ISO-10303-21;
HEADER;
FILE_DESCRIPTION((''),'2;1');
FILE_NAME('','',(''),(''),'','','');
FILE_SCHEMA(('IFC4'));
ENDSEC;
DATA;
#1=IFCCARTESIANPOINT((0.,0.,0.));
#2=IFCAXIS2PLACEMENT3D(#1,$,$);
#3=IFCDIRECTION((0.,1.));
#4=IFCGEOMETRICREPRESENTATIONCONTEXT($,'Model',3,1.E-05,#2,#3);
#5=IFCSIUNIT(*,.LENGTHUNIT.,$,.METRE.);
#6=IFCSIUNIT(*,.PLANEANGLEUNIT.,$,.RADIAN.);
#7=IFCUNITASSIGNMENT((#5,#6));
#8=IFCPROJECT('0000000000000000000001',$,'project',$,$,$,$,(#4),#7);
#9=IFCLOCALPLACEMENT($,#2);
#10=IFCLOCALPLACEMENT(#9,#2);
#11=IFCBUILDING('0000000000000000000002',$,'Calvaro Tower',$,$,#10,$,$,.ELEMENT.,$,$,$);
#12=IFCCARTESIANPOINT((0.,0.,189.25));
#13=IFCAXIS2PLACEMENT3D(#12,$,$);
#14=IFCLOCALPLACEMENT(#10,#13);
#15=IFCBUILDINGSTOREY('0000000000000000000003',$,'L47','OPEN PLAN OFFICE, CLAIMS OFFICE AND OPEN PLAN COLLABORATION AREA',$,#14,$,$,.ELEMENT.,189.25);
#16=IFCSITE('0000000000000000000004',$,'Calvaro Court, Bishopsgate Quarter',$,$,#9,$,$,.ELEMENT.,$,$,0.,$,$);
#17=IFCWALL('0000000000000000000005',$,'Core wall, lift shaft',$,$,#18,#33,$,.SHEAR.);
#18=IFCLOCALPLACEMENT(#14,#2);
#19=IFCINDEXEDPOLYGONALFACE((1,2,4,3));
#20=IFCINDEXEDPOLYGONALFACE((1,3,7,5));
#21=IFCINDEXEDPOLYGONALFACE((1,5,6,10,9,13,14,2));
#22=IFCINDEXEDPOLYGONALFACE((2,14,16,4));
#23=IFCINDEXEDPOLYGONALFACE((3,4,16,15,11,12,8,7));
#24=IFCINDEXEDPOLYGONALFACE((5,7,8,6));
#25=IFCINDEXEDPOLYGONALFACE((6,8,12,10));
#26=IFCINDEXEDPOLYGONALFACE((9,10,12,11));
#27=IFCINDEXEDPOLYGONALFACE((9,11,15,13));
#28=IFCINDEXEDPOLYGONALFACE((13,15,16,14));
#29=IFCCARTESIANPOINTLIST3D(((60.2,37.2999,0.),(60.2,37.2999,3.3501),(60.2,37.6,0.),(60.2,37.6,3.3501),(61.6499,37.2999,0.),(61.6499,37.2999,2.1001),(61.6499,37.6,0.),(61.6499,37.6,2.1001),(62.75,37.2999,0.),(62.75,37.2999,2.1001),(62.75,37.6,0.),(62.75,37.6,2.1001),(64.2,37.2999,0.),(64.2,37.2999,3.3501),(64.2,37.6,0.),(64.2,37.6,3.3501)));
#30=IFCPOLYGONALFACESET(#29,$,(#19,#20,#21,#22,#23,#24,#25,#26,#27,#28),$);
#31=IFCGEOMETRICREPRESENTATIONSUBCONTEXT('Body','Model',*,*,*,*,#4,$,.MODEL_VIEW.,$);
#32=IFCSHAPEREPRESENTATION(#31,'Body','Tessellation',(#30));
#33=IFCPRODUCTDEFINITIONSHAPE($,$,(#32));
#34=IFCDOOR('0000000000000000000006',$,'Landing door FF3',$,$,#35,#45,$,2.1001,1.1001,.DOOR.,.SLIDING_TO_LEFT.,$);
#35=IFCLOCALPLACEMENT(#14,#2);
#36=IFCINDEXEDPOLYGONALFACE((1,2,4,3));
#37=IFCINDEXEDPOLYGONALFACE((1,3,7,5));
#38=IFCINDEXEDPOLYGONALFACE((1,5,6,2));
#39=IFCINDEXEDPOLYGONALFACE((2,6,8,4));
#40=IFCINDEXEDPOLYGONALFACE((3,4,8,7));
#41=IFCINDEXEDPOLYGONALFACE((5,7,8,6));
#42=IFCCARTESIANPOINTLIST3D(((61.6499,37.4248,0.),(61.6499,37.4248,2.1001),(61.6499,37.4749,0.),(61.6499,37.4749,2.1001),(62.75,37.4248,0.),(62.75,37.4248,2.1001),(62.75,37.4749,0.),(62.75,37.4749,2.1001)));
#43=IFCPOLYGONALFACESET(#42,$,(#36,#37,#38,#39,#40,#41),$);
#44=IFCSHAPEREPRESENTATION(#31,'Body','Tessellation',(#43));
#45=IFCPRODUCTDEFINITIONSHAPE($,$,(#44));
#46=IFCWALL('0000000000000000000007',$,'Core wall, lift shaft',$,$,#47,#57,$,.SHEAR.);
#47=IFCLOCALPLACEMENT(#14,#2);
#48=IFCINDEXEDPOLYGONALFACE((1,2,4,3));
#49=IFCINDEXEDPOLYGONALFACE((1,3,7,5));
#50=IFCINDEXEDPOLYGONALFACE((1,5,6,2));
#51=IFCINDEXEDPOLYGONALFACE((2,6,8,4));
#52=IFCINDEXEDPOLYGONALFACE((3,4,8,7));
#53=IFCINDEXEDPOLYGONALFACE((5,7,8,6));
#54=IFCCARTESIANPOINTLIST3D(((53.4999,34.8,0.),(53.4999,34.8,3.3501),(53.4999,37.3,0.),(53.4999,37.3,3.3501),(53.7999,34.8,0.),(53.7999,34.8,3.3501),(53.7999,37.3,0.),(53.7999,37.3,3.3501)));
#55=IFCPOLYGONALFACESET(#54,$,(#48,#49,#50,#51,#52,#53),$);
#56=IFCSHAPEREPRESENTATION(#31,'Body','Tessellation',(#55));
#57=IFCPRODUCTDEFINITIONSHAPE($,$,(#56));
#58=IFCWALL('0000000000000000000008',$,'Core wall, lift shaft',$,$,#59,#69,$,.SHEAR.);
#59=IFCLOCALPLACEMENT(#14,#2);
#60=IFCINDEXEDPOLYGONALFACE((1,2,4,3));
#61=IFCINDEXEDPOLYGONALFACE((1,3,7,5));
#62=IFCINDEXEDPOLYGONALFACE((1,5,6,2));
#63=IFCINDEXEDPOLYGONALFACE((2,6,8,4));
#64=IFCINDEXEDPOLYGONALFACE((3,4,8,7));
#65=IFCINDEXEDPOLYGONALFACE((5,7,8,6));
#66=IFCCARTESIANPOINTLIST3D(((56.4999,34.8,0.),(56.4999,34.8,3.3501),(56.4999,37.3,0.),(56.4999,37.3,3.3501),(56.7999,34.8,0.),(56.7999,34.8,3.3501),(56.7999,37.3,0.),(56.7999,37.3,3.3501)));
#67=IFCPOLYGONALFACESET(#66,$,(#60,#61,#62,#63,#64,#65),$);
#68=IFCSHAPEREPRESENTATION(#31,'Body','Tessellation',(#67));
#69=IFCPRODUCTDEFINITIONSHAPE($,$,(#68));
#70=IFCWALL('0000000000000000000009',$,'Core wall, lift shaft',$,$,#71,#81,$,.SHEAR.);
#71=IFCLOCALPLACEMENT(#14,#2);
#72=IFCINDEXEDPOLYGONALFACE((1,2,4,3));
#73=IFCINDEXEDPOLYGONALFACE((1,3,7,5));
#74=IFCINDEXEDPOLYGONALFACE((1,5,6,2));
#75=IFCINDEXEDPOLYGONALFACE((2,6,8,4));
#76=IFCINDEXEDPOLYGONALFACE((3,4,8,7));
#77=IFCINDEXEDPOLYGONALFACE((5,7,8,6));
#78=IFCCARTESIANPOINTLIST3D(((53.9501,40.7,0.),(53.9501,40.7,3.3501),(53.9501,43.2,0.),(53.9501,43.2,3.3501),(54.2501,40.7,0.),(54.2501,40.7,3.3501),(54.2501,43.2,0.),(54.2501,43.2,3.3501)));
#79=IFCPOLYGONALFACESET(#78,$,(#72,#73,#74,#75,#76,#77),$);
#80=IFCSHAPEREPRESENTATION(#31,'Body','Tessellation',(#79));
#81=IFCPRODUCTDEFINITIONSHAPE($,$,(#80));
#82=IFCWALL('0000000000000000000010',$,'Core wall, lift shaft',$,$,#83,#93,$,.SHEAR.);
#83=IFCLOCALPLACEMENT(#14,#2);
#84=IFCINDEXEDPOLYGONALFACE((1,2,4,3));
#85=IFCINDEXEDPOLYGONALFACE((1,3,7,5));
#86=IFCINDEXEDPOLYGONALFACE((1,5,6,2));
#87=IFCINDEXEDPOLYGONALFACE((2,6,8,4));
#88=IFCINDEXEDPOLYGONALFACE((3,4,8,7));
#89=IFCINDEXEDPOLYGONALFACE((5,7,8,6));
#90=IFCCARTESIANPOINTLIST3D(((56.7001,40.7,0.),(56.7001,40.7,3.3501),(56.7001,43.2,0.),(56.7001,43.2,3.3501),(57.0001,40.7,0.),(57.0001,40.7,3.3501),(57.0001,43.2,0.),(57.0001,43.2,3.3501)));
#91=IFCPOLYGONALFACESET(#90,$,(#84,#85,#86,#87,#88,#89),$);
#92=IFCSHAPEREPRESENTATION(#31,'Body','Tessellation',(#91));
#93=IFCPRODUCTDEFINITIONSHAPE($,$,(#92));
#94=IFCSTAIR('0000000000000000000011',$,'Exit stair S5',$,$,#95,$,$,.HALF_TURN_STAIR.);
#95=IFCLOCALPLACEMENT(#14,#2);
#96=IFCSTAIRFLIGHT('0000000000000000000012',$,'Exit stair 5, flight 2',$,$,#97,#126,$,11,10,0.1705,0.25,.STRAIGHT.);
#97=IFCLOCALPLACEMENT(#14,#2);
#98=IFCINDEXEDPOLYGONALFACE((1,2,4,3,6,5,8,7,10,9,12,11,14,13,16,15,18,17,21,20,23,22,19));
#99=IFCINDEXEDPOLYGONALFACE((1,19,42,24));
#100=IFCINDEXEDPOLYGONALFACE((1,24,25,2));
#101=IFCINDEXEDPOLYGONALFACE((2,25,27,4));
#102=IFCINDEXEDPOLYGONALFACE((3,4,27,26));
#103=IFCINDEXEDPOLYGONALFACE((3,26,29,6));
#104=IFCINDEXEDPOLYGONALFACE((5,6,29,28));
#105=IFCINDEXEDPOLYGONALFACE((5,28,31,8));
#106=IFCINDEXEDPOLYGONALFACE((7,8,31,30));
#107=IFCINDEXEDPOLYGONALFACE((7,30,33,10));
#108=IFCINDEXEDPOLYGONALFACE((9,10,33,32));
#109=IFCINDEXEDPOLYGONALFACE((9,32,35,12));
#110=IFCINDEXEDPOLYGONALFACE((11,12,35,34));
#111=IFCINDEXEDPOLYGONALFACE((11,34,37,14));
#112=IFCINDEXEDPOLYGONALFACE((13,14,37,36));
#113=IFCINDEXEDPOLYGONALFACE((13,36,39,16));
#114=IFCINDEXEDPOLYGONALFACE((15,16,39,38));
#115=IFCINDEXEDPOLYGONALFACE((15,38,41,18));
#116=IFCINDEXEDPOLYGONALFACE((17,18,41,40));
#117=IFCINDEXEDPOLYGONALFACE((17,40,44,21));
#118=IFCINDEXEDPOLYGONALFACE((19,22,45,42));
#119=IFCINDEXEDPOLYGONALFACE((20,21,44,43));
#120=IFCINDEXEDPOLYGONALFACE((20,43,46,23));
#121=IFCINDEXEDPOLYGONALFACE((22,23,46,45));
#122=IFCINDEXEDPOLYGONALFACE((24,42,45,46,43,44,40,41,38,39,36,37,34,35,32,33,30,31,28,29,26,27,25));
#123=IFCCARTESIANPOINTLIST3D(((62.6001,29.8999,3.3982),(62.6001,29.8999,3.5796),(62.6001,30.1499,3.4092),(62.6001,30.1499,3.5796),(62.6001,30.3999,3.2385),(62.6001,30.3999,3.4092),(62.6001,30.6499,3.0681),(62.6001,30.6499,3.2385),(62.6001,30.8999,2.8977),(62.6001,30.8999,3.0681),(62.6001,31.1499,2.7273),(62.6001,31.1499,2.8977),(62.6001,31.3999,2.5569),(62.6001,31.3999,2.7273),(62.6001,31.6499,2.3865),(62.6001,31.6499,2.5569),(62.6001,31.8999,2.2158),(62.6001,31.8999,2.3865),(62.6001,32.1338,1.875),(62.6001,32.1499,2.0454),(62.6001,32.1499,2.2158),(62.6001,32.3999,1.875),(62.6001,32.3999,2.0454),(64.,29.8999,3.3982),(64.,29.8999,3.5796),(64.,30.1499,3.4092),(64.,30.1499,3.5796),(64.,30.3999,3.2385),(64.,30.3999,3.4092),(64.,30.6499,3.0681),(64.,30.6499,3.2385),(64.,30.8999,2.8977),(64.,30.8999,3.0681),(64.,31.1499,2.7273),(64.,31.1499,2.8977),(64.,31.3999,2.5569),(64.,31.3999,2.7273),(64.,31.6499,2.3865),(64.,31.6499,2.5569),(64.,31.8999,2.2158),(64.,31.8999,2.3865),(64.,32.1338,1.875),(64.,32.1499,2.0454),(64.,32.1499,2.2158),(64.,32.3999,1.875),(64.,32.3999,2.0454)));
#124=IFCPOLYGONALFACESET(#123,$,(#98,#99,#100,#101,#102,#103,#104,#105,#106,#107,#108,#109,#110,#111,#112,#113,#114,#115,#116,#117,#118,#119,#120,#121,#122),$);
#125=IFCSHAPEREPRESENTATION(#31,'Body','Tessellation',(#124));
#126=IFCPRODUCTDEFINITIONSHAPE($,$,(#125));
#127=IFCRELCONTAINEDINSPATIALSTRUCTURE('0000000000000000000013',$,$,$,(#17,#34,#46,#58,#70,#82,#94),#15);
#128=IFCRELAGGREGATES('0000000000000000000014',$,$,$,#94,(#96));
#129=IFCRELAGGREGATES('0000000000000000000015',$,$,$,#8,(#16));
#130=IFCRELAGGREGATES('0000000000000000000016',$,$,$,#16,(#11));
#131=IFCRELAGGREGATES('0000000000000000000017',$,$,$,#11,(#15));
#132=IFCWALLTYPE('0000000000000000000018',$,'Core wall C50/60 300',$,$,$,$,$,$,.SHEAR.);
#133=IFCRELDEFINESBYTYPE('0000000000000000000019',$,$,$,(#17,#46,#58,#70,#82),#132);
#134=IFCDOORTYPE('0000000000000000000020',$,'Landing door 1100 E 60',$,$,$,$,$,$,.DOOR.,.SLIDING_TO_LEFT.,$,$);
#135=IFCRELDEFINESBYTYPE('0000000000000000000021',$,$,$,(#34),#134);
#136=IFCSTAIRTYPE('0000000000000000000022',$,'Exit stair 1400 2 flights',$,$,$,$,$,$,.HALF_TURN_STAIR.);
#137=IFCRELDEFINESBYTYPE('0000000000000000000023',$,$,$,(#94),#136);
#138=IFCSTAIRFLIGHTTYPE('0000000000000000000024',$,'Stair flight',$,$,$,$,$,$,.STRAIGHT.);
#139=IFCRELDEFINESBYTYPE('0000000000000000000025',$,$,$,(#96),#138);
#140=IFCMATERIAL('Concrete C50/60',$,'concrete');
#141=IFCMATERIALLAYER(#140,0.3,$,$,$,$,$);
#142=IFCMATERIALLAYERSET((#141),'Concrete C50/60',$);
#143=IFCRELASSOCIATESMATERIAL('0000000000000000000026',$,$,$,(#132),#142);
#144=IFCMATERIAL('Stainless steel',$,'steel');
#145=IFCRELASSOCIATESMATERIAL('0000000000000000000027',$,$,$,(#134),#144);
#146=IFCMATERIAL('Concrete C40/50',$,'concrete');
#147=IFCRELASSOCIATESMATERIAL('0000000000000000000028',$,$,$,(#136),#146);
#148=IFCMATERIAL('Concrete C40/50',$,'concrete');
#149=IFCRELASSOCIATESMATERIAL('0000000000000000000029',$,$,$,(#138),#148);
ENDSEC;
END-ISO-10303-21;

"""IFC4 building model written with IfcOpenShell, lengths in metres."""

from ifc_helpers import new_model, si_unit, direction, frame, frame_2d, origin, place, context, subcontext, project, spatial, polyline, rectangle, outline, extrude, material, layer, layer_set, type_object, element, fill, aggregate, save


model = new_model("IFC4")

# Units and contexts
model_context = context("Model", 3, precision=1e-05, world=origin(), true_north=direction((0.0, 1.0)))
body_context = subcontext(model_context, "Body", "Model", "MODEL_VIEW")
ifc_project = project(units=[si_unit("LENGTHUNIT", "METRE"), si_unit("PLANEANGLEUNIT", "RADIAN")], contexts=[model_context])

# Site, building, storey
site_placement = place(None, origin())
site = spatial("IfcSite", under=ifc_project, at=site_placement, Name="Calvaro Court, Bishopsgate Quarter", CompositionType="ELEMENT", RefElevation=0.0)
building_placement = place(site_placement, origin())
building = spatial("IfcBuilding", under=site, at=building_placement, Name="Calvaro Tower", CompositionType="ELEMENT")
storey_placement = place(building_placement, frame((0.0, 0.0, 189.25)))
storey = spatial("IfcBuildingStorey", under=building, at=storey_placement, Name="L47", Description="OPEN PLAN OFFICE, CLAIMS OFFICE AND OPEN PLAN COLLABORATION AREA", CompositionType="ELEMENT", Elevation=189.25)

# Shared definitions
ifc_material_1 = material(Name="Concrete C50/60", Category="concrete")
ifc_layer_1 = layer(ifc_material_1, 0.3)
ifc_layer_set_1 = layer_set([ifc_layer_1], Name="Concrete C50/60")
wall_type_1 = type_object("IfcWallType", Name="Core wall C50/60 300", PredefinedType="SHEAR", material=ifc_layer_set_1)

# Wall, opening, door
wall_1_placement = place(storey_placement, frame((60.2, 37.45, 0.0), z_axis=(0.0, 0.0, 1.0), x_axis=(1.0, 0.0, 0.0)))
wall_1 = element("IfcWall", 1, at=wall_1_placement, inside=storey, type_object=wall_type_1, Name="Core wall, lift shaft", PredefinedType="SHEAR", context=body_context, shape_type="SweptSolid", body=[
    extrude(rectangle(XDim=4.0, YDim=0.3, at=frame_2d((2.0, 0.0))), origin(), (0.0, 0.0, 1.0), 3.3501),
])
opening_1_placement = place(wall_1_placement, frame((1.45, 0.0, 0.0)))
opening_1 = element("IfcOpeningElement", 2, at=opening_1_placement, cuts=wall_1, PredefinedType="OPENING", context=body_context, shape_type="SweptSolid", body=[
    extrude(rectangle(XDim=1.1001, YDim=2.1001, at=frame_2d((0.55, 1.05))), frame((0.0, 0.1599, 0.0), z_axis=(0.0, -1.0, 0.0), x_axis=(1.0, 0.0, 0.0)), (0.0, 0.0, 1.0), 0.3201),
])
ifc_material_2 = material(Name="Stainless steel", Category="steel")
door_type_1 = type_object("IfcDoorType", Name="Landing door 1100 E 60", OperationType="SLIDING_TO_LEFT", PredefinedType="DOOR", material=ifc_material_2)
door_1_placement = place(opening_1_placement, origin())
door_1 = element("IfcDoor", 3, at=door_1_placement, inside=storey, type_object=door_type_1, Name="Landing door FF3", OperationType="SLIDING_TO_LEFT", OverallHeight=2.1001, OverallWidth=1.1001, PredefinedType="DOOR", context=body_context, shape_type="SweptSolid", body=[
    extrude(rectangle(XDim=1.1001, YDim=2.1001, at=frame_2d((0.55, 1.05))), frame((0.0, 0.0249, 0.0), z_axis=(0.0, -1.0, 0.0), x_axis=(1.0, 0.0, 0.0)), (0.0, 0.0, 1.0), 0.05),
])
fill(opening_1, door_1)

# Walls
for number, where, z_axis, x_axis, name in (
    (4, (53.6499, 34.8, 0.0), (0.0, 0.0, 1.0), (0.0, 1.0, 0.0), "Core wall, lift shaft"),
    (5, (56.6499, 34.8, 0.0), (0.0, 0.0, 1.0), (0.0, 1.0, 0.0), "Core wall, lift shaft"),
    (6, (54.1001, 40.7, 0.0), (0.0, 0.0, 1.0), (0.0, 1.0, 0.0), "Core wall, lift shaft"),
    (7, (56.8501, 40.7, 0.0), (0.0, 0.0, 1.0), (0.0, 1.0, 0.0), "Core wall, lift shaft"),
):
    element("IfcWall", number, at=place(storey_placement, frame(where, z_axis=z_axis, x_axis=x_axis)), inside=storey, type_object=wall_type_1, Name=name, PredefinedType="SHEAR", context=body_context, shape_type="SweptSolid", body=[
        extrude(rectangle(XDim=2.5, YDim=0.3, at=frame_2d((1.25, 0.0))), origin(), (0.0, 0.0, 1.0), 3.3501),
    ])

# Stair, stair flight
ifc_material_3 = material(Name="Concrete C40/50", Category="concrete")
stair_type = type_object("IfcStairType", Name="Exit stair 1400 2 flights", PredefinedType="HALF_TURN_STAIR", material=ifc_material_3)
stair_placement = place(storey_placement, origin())
stair = element("IfcStair", 8, at=stair_placement, inside=storey, type_object=stair_type, Name="Exit stair S5", PredefinedType="HALF_TURN_STAIR")
ifc_material_4 = material(Name="Concrete C40/50", Category="concrete")
stair_flight_type = type_object("IfcStairFlightType", Name="Stair flight", PredefinedType="STRAIGHT", material=ifc_material_4)
stair_flight_placement = place(storey_placement, frame((63.3, 32.3999, 1.875), z_axis=(0.0, 0.0, 1.0), x_axis=(0.0, -1.0, 0.0)))
stair_flight = element("IfcStairFlight", 9, at=stair_flight_placement, type_object=stair_flight_type, Name="Exit stair 5, flight 2", NumberOfRisers=11, NumberOfTreads=10, PredefinedType="STRAIGHT", RiserHeight=0.1705, TreadLength=0.25, context=body_context, shape_type="SweptSolid", body=[
    extrude(outline(polyline([(0.0, 0.0), (0.0, 0.1704), (0.25, 0.1704), (0.25, 0.3408), (0.5, 0.3408), (0.5, 0.5115), (0.75, 0.5115), (0.75, 0.6819), (1.0, 0.6819), (1.0, 0.8523), (1.25, 0.8523), (1.25, 1.0227), (1.5, 1.0227), (1.5, 1.1931), (1.75, 1.1931), (1.75, 1.3635), (2.0, 1.3635), (2.0, 1.5342), (2.25, 1.5342), (2.25, 1.7046), (2.5, 1.7046), (2.5, 1.875), (2.5, 1.5232), (0.2661, 0.0), (0.0, 0.0)])), frame((0.0, 0.7, 0.0), z_axis=(0.0, -1.0, 0.0), x_axis=(1.0, 0.0, 0.0)), (0.0, 0.0, 1.0), 1.3999),
])
aggregate(stair, [stair_flight])

save(model, "model.ifc")
